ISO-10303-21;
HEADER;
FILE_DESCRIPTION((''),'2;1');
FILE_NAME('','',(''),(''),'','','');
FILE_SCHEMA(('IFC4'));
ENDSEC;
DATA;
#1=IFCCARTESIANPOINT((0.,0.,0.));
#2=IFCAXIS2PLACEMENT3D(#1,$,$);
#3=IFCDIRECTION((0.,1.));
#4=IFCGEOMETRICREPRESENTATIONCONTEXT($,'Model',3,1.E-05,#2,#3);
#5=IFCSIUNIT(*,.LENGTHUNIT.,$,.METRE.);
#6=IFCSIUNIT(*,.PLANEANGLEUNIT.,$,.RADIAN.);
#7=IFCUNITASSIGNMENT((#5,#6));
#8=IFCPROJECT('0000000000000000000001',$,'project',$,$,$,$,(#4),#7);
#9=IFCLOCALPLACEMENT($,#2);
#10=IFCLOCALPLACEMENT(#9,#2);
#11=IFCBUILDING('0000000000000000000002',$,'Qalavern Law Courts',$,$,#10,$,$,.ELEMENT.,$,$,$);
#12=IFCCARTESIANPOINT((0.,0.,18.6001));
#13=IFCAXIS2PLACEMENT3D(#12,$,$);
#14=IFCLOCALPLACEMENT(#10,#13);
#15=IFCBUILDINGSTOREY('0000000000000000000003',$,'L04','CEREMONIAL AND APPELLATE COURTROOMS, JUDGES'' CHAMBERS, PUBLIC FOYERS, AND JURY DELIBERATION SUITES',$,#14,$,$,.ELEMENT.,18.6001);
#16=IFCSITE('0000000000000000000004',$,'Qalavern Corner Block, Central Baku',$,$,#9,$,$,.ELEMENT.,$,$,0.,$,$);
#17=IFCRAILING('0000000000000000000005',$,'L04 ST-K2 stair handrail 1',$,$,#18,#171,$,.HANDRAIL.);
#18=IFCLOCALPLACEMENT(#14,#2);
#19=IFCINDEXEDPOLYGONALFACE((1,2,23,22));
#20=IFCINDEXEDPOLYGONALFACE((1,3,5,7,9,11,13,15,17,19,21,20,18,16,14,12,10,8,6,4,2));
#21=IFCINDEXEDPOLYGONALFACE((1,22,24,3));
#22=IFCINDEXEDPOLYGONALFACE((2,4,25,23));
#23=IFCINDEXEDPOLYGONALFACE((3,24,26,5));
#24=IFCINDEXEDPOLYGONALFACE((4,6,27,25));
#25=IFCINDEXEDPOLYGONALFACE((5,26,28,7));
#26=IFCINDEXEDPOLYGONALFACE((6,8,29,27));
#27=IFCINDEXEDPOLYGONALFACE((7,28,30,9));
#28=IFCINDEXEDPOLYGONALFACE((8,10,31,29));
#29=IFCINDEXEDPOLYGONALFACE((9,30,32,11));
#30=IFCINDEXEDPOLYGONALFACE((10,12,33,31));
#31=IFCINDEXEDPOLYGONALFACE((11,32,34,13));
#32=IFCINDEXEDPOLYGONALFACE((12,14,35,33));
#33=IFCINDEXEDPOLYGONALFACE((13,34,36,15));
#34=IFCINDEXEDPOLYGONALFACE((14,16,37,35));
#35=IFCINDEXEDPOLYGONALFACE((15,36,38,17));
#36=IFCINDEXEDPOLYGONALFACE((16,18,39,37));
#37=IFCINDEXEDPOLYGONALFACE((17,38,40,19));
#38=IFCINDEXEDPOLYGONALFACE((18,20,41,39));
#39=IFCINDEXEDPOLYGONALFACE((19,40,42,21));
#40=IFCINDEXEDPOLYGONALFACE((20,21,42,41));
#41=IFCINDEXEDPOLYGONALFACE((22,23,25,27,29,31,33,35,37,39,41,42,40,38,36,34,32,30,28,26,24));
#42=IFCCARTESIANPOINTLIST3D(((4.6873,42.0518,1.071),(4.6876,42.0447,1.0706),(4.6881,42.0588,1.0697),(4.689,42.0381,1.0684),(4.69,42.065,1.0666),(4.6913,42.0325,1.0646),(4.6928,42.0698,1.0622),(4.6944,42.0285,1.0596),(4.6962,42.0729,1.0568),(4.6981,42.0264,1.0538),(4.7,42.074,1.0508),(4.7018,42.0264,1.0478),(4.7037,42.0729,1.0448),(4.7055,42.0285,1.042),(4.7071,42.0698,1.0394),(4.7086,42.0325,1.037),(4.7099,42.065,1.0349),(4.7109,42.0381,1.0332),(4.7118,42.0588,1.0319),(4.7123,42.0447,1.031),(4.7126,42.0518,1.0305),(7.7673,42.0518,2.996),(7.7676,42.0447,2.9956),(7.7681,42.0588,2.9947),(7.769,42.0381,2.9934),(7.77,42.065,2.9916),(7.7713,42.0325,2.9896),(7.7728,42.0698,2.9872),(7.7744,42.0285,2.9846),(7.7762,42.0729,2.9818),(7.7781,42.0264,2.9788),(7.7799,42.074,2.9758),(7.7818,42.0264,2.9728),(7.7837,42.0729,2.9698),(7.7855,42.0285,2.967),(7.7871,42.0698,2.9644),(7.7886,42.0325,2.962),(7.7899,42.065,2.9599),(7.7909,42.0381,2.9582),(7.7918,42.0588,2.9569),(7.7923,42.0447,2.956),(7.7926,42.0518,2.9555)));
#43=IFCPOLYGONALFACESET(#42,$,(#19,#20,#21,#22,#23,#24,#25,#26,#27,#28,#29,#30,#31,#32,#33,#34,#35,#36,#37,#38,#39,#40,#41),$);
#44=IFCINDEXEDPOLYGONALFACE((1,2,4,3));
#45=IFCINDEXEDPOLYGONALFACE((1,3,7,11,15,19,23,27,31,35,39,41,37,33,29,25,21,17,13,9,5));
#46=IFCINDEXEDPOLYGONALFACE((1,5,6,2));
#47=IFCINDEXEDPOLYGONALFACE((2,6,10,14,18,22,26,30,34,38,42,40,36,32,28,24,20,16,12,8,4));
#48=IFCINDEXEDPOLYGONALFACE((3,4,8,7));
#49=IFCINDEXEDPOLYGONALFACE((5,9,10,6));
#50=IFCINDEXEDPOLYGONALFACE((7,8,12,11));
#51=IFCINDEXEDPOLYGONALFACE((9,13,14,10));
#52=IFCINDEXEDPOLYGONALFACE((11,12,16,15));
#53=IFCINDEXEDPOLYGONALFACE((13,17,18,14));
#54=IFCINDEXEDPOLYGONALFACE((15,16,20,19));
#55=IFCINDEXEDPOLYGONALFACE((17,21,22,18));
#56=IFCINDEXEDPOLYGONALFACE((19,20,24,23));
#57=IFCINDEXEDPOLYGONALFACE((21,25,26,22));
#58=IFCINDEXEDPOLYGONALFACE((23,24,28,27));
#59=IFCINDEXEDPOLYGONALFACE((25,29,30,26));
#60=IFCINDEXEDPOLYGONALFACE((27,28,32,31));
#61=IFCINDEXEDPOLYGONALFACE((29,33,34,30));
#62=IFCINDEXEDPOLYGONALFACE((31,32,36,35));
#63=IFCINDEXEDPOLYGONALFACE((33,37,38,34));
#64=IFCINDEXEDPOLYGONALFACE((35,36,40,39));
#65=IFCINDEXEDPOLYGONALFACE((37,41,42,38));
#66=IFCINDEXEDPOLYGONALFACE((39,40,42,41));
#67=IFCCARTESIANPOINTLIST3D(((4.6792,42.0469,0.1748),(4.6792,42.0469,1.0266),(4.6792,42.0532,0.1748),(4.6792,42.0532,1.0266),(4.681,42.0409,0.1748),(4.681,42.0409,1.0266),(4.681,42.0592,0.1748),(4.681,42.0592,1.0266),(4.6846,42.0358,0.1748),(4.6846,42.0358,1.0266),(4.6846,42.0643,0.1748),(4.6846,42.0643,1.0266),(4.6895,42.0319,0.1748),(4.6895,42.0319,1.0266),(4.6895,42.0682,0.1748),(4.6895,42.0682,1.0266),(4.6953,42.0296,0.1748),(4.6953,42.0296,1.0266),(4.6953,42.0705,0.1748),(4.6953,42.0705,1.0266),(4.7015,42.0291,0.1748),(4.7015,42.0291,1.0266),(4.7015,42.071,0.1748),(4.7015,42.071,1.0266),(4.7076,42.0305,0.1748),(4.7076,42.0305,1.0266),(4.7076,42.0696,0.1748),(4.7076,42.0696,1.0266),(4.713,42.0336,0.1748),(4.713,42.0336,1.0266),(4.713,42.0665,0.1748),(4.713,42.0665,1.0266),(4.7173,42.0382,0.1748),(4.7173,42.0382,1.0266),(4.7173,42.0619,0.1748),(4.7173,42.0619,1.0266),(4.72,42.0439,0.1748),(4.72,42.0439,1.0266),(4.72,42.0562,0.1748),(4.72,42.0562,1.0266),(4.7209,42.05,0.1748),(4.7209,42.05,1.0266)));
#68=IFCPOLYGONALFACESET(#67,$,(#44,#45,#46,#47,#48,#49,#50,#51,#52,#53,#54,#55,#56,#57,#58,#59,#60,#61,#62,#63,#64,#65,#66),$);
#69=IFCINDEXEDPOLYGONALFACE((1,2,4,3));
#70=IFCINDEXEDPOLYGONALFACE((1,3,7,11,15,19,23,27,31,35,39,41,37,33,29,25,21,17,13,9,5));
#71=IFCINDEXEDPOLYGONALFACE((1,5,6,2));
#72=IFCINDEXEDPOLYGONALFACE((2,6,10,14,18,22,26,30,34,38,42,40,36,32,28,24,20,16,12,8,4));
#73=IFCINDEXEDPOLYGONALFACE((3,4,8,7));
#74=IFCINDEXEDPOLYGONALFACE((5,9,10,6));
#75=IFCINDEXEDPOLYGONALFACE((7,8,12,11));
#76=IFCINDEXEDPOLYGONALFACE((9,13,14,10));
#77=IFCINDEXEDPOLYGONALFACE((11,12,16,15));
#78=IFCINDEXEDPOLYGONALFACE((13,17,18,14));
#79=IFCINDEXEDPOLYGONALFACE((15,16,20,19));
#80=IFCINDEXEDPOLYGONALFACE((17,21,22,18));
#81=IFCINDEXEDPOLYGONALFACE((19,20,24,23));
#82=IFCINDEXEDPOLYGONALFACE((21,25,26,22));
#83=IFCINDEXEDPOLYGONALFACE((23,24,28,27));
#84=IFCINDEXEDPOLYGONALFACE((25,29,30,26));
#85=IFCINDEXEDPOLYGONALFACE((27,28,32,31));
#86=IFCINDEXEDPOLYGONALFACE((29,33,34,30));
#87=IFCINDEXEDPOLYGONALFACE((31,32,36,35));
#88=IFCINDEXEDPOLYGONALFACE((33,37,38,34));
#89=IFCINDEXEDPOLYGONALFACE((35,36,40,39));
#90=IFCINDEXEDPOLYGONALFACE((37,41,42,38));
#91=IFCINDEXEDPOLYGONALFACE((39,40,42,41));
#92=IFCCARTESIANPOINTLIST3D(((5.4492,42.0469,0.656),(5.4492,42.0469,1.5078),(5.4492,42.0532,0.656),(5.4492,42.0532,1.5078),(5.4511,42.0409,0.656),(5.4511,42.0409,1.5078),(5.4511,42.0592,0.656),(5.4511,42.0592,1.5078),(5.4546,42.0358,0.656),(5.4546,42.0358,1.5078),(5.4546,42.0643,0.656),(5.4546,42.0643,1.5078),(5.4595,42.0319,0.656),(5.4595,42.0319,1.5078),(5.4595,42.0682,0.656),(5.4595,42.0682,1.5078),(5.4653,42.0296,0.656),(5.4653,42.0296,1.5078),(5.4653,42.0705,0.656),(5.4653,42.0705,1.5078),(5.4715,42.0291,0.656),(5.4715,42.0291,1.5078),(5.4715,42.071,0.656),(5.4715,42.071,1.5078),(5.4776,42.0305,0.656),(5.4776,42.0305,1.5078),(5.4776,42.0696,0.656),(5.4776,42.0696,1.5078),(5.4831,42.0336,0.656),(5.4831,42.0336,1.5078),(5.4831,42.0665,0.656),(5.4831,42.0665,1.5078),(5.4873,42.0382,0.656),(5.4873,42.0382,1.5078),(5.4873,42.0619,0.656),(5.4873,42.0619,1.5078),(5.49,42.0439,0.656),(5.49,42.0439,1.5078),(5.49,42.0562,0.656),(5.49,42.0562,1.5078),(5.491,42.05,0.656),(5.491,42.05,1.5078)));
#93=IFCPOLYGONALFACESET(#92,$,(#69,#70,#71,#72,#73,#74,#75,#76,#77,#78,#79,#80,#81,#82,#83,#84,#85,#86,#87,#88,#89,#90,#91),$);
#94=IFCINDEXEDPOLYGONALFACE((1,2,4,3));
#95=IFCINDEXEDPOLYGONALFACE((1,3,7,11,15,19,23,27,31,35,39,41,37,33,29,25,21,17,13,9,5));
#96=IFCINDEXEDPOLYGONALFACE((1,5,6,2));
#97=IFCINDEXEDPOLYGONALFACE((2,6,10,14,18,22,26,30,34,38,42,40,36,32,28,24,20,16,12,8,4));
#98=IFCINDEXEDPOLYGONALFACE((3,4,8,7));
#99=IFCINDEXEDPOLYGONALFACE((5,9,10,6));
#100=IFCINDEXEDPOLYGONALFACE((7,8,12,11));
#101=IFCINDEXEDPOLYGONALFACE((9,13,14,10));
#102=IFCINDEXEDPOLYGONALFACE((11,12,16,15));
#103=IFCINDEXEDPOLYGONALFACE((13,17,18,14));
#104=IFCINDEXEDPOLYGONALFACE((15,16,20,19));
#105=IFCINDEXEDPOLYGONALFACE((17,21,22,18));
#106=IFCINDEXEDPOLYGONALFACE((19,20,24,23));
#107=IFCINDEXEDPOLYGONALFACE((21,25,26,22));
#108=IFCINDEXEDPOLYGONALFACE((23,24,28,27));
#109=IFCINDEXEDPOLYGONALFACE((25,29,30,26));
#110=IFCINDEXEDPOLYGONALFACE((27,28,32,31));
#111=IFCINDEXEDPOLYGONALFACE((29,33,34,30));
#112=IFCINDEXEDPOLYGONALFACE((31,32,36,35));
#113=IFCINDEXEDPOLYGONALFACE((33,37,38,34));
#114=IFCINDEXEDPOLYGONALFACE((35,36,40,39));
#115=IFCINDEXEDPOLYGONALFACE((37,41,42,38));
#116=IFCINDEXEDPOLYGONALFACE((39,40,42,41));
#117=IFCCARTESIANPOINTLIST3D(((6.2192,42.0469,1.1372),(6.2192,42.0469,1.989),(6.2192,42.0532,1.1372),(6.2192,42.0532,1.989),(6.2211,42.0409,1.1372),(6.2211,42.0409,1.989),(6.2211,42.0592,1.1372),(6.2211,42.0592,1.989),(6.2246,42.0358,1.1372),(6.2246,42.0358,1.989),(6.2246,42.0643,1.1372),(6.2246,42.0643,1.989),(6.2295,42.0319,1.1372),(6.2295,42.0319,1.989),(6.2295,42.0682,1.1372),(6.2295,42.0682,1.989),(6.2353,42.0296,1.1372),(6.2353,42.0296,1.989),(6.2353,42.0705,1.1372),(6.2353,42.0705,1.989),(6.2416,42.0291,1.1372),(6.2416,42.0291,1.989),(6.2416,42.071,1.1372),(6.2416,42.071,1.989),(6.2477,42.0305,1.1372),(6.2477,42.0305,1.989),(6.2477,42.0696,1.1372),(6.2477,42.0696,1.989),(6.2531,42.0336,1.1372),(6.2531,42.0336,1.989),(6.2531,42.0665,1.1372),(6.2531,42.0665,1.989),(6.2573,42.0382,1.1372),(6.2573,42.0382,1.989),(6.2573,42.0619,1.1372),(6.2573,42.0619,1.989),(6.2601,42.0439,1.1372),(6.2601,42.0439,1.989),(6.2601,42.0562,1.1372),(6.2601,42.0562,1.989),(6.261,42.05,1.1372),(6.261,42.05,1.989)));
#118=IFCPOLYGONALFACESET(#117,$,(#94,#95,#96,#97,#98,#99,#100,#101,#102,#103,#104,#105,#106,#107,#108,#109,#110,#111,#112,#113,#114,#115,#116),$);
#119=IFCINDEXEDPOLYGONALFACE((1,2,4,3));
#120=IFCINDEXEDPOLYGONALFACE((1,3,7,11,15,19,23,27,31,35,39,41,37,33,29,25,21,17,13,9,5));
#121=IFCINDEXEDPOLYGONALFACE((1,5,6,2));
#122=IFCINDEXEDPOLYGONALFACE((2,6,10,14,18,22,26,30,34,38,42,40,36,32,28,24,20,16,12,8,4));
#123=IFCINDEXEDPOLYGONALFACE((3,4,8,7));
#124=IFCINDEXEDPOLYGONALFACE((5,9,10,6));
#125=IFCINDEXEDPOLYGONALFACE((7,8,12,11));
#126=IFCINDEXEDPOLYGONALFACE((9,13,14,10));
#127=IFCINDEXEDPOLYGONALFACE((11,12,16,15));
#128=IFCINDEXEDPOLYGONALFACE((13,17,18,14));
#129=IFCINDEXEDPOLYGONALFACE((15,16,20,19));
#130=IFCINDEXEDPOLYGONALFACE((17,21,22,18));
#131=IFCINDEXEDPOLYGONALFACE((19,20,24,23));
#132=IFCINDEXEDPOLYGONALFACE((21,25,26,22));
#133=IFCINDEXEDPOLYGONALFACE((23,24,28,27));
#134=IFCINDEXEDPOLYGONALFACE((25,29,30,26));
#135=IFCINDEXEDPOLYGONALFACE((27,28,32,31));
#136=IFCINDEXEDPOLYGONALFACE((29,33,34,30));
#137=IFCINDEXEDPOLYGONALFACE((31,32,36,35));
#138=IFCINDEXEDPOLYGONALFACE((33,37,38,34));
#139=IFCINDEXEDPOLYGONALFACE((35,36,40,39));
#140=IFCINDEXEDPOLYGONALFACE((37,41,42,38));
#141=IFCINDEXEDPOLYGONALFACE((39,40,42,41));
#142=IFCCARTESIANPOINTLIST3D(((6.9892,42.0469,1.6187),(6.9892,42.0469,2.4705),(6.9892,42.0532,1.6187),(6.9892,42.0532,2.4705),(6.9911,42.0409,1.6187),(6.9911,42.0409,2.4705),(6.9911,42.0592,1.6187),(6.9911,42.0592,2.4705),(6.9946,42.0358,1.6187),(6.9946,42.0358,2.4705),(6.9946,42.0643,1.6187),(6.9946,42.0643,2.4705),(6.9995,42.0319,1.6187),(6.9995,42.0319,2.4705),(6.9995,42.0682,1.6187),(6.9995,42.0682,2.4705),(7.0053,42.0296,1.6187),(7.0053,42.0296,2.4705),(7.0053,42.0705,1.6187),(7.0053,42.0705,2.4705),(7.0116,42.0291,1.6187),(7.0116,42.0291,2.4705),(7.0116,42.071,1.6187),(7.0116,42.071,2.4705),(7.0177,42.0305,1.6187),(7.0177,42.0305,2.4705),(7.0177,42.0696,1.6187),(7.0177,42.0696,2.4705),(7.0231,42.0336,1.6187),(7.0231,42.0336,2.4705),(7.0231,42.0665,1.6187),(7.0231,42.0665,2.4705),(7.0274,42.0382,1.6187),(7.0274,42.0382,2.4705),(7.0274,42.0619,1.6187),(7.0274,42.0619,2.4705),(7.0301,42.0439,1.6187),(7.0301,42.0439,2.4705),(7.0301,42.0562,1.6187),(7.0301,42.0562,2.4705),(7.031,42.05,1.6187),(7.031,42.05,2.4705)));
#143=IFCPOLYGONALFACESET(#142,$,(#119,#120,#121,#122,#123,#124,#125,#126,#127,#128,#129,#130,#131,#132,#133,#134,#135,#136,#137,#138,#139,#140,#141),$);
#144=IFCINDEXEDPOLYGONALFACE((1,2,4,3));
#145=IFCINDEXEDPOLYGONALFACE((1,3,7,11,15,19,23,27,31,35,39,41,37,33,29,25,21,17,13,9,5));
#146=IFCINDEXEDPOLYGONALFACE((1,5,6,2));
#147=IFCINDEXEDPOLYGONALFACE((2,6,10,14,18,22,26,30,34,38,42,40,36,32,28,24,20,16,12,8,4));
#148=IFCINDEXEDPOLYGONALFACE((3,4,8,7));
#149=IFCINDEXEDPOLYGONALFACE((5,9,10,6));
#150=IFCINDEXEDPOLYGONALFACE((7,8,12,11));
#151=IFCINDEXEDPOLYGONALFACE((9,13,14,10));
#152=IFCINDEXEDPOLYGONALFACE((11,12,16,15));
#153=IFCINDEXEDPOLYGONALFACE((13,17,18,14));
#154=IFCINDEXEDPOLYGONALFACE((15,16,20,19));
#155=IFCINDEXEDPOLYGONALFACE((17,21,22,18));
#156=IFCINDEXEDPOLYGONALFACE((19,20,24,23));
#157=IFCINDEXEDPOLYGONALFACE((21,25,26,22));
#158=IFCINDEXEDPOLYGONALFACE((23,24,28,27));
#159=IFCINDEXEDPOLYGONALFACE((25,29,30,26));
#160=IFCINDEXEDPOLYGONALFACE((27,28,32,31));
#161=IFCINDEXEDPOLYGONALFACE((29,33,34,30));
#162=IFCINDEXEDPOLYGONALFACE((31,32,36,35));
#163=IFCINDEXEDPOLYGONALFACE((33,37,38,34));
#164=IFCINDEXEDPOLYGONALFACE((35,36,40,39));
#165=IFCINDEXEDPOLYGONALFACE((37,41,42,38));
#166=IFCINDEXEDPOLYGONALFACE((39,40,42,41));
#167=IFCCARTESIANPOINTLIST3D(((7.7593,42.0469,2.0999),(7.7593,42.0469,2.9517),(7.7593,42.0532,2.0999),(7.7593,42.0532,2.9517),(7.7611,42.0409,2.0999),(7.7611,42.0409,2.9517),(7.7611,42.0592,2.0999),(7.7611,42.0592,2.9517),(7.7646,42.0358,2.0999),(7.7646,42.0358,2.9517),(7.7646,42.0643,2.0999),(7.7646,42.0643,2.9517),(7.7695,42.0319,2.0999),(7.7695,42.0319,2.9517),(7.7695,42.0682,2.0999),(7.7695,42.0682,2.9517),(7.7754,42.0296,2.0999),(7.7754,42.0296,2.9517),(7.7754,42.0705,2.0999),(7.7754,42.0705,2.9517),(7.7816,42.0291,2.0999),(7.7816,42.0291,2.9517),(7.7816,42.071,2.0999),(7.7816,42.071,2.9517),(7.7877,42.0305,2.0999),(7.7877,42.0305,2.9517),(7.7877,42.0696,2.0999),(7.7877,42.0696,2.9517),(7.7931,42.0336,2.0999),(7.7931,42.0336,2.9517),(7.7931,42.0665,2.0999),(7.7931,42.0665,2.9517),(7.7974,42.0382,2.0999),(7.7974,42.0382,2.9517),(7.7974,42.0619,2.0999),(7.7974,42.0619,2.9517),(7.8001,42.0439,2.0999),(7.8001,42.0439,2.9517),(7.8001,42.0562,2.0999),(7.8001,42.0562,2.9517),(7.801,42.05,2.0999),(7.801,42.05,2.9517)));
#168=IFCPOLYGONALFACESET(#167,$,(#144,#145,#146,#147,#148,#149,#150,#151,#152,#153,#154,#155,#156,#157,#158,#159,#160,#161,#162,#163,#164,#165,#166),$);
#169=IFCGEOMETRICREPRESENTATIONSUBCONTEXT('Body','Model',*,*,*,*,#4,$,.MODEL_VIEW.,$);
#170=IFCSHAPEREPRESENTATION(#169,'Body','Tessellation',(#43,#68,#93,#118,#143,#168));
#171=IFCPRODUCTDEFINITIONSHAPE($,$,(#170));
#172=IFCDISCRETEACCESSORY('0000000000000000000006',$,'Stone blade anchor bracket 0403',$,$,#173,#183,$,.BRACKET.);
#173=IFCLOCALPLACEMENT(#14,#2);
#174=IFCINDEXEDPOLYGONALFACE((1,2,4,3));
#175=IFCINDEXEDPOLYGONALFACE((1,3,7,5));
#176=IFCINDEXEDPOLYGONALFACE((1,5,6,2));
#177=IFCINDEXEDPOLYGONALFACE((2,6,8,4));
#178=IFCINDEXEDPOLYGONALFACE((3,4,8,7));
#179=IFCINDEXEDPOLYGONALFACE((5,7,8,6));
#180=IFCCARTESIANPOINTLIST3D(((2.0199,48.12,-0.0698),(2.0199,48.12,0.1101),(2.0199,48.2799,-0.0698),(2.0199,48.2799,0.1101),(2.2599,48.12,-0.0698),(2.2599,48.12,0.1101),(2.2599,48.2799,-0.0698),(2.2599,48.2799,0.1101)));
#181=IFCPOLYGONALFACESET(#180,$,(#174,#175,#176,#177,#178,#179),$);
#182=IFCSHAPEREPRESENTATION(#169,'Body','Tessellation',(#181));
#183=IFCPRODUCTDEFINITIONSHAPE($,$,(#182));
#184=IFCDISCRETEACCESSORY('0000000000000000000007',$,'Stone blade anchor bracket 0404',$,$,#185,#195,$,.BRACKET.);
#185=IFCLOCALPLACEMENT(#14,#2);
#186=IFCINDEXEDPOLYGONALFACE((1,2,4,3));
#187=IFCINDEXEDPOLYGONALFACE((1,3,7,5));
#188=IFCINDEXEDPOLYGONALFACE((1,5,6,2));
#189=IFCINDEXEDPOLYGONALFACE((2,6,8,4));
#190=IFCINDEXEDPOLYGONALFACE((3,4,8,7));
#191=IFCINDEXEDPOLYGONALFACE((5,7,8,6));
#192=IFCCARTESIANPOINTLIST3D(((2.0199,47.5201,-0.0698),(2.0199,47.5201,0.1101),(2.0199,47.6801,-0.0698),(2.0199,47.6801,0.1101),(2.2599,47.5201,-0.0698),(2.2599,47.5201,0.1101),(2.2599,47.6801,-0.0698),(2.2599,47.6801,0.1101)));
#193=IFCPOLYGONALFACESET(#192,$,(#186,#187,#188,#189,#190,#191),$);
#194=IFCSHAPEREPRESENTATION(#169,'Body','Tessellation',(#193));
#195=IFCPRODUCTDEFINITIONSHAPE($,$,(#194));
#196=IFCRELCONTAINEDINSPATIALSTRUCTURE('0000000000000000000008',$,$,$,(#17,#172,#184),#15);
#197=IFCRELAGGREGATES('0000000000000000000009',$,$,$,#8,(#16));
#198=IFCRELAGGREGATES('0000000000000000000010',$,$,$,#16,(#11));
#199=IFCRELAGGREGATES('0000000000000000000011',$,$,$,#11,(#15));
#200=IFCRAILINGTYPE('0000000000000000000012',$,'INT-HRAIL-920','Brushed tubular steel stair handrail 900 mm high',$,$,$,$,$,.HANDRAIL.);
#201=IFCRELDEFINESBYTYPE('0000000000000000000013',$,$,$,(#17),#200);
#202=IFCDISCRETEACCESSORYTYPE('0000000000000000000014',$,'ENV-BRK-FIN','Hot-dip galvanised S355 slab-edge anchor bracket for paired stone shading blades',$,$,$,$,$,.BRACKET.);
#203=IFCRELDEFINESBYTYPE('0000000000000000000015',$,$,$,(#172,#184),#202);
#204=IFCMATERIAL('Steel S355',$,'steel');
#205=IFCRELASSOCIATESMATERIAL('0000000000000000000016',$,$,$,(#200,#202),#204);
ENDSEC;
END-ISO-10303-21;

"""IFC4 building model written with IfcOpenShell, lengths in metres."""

from ifc_helpers import new_model, si_unit, direction, frame, origin, origin_2d, place, context, subcontext, project, spatial, rectangle, circle, extrude, material, type_object, element, save


model = new_model("IFC4")

# Units and contexts
model_context = context("Model", 3, precision=1e-05, world=origin(), true_north=direction((0.0, 1.0)))
body_context = subcontext(model_context, "Body", "Model", "MODEL_VIEW")
ifc_project = project(units=[si_unit("LENGTHUNIT", "METRE"), si_unit("PLANEANGLEUNIT", "RADIAN")], contexts=[model_context])

# Site, building, storey
site_placement = place(None, origin())
site = spatial("IfcSite", under=ifc_project, at=site_placement, Name="Qalavern Corner Block, Central Baku", CompositionType="ELEMENT", RefElevation=0.0)
building_placement = place(site_placement, origin())
building = spatial("IfcBuilding", under=site, at=building_placement, Name="Qalavern Law Courts", CompositionType="ELEMENT")
storey_placement = place(building_placement, frame((0.0, 0.0, 18.6001)))
storey = spatial("IfcBuildingStorey", under=building, at=storey_placement, Name="L04", Description="CEREMONIAL AND APPELLATE COURTROOMS, JUDGES' CHAMBERS, PUBLIC FOYERS, AND JURY DELIBERATION SUITES", CompositionType="ELEMENT", Elevation=18.6001)

# Railing
ifc_material_1 = material(Name="Steel S355", Category="steel")
railing_type_1 = type_object("IfcRailingType", Name="INT-HRAIL-920", Description="Brushed tubular steel stair handrail 900 mm high", PredefinedType="HANDRAIL", material=ifc_material_1)
railing_1_placement = place(storey_placement, frame((4.7, 42.05, 0.1748)))
element("IfcRailing", 1, at=railing_1_placement, inside=storey, type_object=railing_type_1, Name="L04 ST-K2 stair handrail 1", PredefinedType="HANDRAIL", context=body_context, shape_type="SweptSolid", body=[
    extrude(circle(Radius=0.0239, at=origin_2d()), frame((0.0, 0.0, 0.876), z_axis=(0.847998, 0.0, 0.529999), x_axis=(0.0, 1.0, 0.0)), (0.0, 0.0, 1.0), 3.6321),
    extrude(circle(Radius=0.021, at=origin_2d()), origin(), (0.0, 0.0, 1.0), 0.8518),
    extrude(circle(Radius=0.021, at=origin_2d()), frame((0.77, 0.0, 0.4812)), (0.0, 0.0, 1.0), 0.8518),
    extrude(circle(Radius=0.021, at=origin_2d()), frame((1.54, 0.0, 0.9624)), (0.0, 0.0, 1.0), 0.8518),
    extrude(circle(Radius=0.021, at=origin_2d()), frame((2.3101, 0.0, 1.4438)), (0.0, 0.0, 1.0), 0.8518),
    extrude(circle(Radius=0.021, at=origin_2d()), frame((3.0801, 0.0, 1.925)), (0.0, 0.0, 1.0), 0.8518),
])

# Discrete accessories
discrete_accessory_type = type_object("IfcDiscreteAccessoryType", Name="ENV-BRK-FIN", Description="Hot-dip galvanised S355 slab-edge anchor bracket for paired stone shading blades", PredefinedType="BRACKET", material=ifc_material_1)
for number, where, z_axis, x_axis, name in (
    (2, (2.1399, 48.2, -0.0698), (0.0, 0.0, 1.0), (-1.0, 0.0, 0.0), "Stone blade anchor bracket 0403"),
    (3, (2.1399, 47.6001, -0.0698), (0.0, 0.0, 1.0), (-1.0, 0.0, 0.0), "Stone blade anchor bracket 0404"),
):
    element("IfcDiscreteAccessory", number, at=place(storey_placement, frame(where, z_axis=z_axis, x_axis=x_axis)), inside=storey, type_object=discrete_accessory_type, Name=name, PredefinedType="BRACKET", context=body_context, shape_type="SweptSolid", body=[
        extrude(rectangle(XDim=0.24, YDim=0.1599, at=origin_2d()), origin(), (0.0, 0.0, 1.0), 0.1799),
    ])

save(model, "model.ifc")
